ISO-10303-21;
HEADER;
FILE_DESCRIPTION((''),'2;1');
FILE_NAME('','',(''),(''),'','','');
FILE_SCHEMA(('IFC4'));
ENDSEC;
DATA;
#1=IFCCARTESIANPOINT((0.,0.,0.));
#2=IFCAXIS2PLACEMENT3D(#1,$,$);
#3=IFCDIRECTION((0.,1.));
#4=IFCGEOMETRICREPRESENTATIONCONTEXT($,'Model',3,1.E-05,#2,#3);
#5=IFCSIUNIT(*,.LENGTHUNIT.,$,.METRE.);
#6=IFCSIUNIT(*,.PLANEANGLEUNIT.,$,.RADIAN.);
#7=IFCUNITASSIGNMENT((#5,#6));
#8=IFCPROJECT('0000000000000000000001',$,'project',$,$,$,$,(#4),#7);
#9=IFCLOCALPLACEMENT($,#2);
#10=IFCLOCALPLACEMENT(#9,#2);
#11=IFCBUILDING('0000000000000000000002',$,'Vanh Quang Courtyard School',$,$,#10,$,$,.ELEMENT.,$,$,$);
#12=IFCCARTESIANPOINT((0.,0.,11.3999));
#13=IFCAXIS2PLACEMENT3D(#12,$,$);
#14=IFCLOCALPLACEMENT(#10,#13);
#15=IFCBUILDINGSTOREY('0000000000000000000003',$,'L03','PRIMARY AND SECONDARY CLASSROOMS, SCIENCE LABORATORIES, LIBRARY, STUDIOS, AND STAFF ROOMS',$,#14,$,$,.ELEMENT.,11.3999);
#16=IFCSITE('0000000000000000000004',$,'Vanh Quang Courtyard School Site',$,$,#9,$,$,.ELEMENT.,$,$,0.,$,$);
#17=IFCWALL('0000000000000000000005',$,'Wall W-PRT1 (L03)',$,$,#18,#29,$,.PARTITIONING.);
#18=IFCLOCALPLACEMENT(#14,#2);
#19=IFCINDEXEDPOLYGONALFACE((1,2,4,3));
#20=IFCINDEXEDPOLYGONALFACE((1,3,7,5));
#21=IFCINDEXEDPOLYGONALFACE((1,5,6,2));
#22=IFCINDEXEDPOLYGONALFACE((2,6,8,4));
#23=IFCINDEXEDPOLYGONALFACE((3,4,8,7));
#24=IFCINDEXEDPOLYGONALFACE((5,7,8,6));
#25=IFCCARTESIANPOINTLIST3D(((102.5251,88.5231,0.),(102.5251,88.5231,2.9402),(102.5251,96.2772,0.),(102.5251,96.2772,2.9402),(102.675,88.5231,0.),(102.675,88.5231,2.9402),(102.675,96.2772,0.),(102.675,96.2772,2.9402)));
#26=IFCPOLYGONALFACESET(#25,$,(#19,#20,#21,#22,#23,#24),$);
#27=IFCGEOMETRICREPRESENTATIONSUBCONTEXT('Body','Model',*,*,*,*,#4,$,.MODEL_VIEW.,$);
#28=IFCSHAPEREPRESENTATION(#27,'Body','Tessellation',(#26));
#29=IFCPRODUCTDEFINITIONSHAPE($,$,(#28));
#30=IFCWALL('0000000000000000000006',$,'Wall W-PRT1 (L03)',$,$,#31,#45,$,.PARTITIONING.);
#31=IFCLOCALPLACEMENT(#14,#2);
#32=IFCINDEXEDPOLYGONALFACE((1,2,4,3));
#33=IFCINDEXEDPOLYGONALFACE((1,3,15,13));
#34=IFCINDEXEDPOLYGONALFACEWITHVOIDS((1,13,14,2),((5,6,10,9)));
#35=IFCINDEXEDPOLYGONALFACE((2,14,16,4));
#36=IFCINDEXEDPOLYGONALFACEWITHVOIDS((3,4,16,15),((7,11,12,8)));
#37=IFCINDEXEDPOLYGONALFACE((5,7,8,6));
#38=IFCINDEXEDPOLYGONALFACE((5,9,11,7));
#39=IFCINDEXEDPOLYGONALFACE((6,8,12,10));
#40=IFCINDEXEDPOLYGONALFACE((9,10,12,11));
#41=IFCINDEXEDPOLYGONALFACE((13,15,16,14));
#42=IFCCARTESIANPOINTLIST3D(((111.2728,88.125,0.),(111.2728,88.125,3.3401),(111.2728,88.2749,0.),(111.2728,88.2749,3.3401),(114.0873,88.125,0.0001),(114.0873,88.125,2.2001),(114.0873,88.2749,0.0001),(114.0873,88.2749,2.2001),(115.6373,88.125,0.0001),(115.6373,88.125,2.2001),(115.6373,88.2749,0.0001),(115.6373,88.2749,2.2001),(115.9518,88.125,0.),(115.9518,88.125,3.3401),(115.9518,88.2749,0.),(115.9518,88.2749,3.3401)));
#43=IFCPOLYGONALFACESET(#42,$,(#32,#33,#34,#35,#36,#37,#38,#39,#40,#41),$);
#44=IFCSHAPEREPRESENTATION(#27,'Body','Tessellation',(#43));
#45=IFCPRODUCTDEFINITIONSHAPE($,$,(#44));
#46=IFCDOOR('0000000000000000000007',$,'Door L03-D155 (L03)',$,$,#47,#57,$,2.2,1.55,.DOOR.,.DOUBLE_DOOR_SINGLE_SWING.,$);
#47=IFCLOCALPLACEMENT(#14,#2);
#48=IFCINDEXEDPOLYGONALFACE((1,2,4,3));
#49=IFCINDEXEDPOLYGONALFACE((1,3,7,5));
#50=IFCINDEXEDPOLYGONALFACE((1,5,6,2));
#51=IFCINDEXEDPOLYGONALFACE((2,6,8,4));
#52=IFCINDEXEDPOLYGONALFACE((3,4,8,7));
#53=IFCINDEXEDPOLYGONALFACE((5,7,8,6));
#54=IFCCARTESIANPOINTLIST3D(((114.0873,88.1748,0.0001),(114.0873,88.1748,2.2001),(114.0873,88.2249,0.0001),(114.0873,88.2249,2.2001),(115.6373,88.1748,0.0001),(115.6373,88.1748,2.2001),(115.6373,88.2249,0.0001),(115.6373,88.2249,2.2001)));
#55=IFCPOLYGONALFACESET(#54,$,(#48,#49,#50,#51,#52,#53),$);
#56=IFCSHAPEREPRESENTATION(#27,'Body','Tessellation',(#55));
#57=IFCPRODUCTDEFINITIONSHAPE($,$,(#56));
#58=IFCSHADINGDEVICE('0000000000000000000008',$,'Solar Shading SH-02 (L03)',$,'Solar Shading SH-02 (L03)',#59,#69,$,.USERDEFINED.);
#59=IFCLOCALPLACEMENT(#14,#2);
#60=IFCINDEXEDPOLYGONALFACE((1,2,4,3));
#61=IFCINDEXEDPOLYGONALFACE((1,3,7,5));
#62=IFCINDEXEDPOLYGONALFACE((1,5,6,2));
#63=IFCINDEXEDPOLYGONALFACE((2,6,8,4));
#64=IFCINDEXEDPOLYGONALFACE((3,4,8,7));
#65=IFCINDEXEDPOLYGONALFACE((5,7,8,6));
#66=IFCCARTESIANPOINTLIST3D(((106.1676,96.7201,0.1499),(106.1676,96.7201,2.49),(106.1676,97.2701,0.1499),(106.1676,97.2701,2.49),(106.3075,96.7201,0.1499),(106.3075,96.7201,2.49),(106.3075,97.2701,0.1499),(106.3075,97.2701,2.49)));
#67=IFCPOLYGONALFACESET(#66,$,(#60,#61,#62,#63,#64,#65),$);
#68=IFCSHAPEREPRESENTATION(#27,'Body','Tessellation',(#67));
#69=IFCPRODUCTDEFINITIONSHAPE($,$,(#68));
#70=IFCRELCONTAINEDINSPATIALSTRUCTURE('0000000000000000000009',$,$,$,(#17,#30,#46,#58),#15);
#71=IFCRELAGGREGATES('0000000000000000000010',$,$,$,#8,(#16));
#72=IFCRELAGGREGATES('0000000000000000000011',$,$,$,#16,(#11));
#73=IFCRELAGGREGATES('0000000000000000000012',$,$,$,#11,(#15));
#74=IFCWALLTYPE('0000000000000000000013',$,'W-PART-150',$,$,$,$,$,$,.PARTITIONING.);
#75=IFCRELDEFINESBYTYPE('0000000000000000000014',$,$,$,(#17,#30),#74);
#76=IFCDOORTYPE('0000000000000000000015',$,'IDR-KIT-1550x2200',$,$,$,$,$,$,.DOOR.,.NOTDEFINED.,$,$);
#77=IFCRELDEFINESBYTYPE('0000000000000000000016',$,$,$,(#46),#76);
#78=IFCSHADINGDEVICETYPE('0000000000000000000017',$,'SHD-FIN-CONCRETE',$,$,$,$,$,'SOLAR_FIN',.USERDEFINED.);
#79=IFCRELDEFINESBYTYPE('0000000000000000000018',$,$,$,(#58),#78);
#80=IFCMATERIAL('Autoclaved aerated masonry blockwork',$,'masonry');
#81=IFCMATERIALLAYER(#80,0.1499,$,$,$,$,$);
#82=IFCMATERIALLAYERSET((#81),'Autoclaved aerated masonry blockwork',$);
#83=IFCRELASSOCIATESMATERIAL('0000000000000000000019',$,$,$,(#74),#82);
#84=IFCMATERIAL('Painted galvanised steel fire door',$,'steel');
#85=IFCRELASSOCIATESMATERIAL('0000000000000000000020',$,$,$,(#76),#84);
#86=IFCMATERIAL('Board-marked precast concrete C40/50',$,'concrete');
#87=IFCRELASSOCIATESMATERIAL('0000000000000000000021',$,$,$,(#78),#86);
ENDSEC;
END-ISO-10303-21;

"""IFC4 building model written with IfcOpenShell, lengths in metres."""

from ifc_helpers import new_model, si_unit, direction, frame, frame_2d, origin, origin_2d, place, context, subcontext, project, spatial, rectangle, extrude, material, layer, layer_set, type_object, element, fill, save


model = new_model("IFC4")

# Units and contexts
model_context = context("Model", 3, precision=1e-05, world=origin(), true_north=direction((0.0, 1.0)))
body_context = subcontext(model_context, "Body", "Model", "MODEL_VIEW")
ifc_project = project(units=[si_unit("LENGTHUNIT", "METRE"), si_unit("PLANEANGLEUNIT", "RADIAN")], contexts=[model_context])

# Site, building, storey
site_placement = place(None, origin())
site = spatial("IfcSite", under=ifc_project, at=site_placement, Name="Vanh Quang Courtyard School Site", CompositionType="ELEMENT", RefElevation=0.0)
building_placement = place(site_placement, origin())
building = spatial("IfcBuilding", under=site, at=building_placement, Name="Vanh Quang Courtyard School", CompositionType="ELEMENT")
storey_placement = place(building_placement, frame((0.0, 0.0, 11.3999)))
storey = spatial("IfcBuildingStorey", under=building, at=storey_placement, Name="L03", Description="PRIMARY AND SECONDARY CLASSROOMS, SCIENCE LABORATORIES, LIBRARY, STUDIOS, AND STAFF ROOMS", CompositionType="ELEMENT", Elevation=11.3999)

# Shared definitions
ifc_material_1 = material(Name="Painted galvanised steel fire door", Category="steel")

# Wall
ifc_material_2 = material(Name="Autoclaved aerated masonry blockwork", Category="masonry")
ifc_layer_1 = layer(ifc_material_2, 0.1499)
ifc_layer_set_1 = layer_set([ifc_layer_1], Name="Autoclaved aerated masonry blockwork")
wall_type_1 = type_object("IfcWallType", Name="W-PART-150", PredefinedType="PARTITIONING", material=ifc_layer_set_1)
wall_1_placement = place(storey_placement, frame((102.6001, 96.2771, 0.0), z_axis=(0.0, 0.0, 1.0), x_axis=(0.0, -1.0, 0.0)))
element("IfcWall", 1, at=wall_1_placement, inside=storey, type_object=wall_type_1, Name="Wall W-PRT1 (L03)", PredefinedType="PARTITIONING", context=body_context, shape_type="SweptSolid", body=[
    extrude(rectangle(XDim=7.7542, YDim=0.1499, at=frame_2d((3.877, 0.0))), origin(), (0.0, 0.0, 1.0), 2.9402),
])

# Wall, opening, door
wall_2_placement = place(storey_placement, frame((111.2729, 88.2, 0.0), z_axis=(0.0, 0.0, 1.0), x_axis=(1.0, 0.0, 0.0)))
wall_2 = element("IfcWall", 2, at=wall_2_placement, inside=storey, type_object=wall_type_1, Name="Wall W-PRT1 (L03)", PredefinedType="PARTITIONING", context=body_context, shape_type="SweptSolid", body=[
    extrude(rectangle(XDim=4.679, YDim=0.1499, at=frame_2d((2.3394, 0.0))), origin(), (0.0, 0.0, 1.0), 3.3401),
])
opening_1_placement = place(wall_2_placement, frame((2.8145, 0.0, 0.0)))
opening_1 = element("IfcOpeningElement", 3, at=opening_1_placement, cuts=wall_2, PredefinedType="OPENING", context=body_context, shape_type="SweptSolid", body=[
    extrude(rectangle(XDim=1.55, YDim=2.2, at=frame_2d((0.7749, 1.1001))), frame((0.0, 0.085, 0.0), z_axis=(0.0, -1.0, 0.0), x_axis=(1.0, 0.0, 0.0)), (0.0, 0.0, 1.0), 0.1699),
])
door_type_1 = type_object("IfcDoorType", Name="IDR-KIT-1550x2200", OperationType="NOTDEFINED", PredefinedType="DOOR", material=ifc_material_1)
door_1_placement = place(opening_1_placement, origin())
door_1 = element("IfcDoor", 4, at=door_1_placement, inside=storey, type_object=door_type_1, Name="Door L03-D155 (L03)", OperationType="DOUBLE_DOOR_SINGLE_SWING", OverallHeight=2.2, OverallWidth=1.55, PredefinedType="DOOR", context=body_context, shape_type="SweptSolid", body=[
    extrude(rectangle(XDim=1.55, YDim=2.2, at=frame_2d((0.7749, 1.1001))), frame((0.0, 0.0249, 0.0), z_axis=(0.0, -1.0, 0.0), x_axis=(1.0, 0.0, 0.0)), (0.0, 0.0, 1.0), 0.05),
])
fill(opening_1, door_1)

# Shading device
ifc_material_3 = material(Name="Board-marked precast concrete C40/50", Category="concrete")
shading_device_type = type_object("IfcShadingDeviceType", Name="SHD-FIN-CONCRETE", ElementType="SOLAR_FIN", PredefinedType="USERDEFINED", material=ifc_material_3)
shading_device_placement = place(storey_placement, frame((106.2375, 96.9951, 0.1499), z_axis=(0.0, 0.0, 1.0), x_axis=(1.0, 0.0, 0.0)))
element("IfcShadingDevice", 5, at=shading_device_placement, inside=storey, type_object=shading_device_type, Name="Solar Shading SH-02 (L03)", ObjectType="Solar Shading SH-02 (L03)", PredefinedType="USERDEFINED", context=body_context, shape_type="SweptSolid", body=[
    extrude(rectangle(XDim=0.1399, YDim=0.55, at=origin_2d()), origin(), (0.0, 0.0, 1.0), 2.3401),
])

save(model, "model.ifc")
